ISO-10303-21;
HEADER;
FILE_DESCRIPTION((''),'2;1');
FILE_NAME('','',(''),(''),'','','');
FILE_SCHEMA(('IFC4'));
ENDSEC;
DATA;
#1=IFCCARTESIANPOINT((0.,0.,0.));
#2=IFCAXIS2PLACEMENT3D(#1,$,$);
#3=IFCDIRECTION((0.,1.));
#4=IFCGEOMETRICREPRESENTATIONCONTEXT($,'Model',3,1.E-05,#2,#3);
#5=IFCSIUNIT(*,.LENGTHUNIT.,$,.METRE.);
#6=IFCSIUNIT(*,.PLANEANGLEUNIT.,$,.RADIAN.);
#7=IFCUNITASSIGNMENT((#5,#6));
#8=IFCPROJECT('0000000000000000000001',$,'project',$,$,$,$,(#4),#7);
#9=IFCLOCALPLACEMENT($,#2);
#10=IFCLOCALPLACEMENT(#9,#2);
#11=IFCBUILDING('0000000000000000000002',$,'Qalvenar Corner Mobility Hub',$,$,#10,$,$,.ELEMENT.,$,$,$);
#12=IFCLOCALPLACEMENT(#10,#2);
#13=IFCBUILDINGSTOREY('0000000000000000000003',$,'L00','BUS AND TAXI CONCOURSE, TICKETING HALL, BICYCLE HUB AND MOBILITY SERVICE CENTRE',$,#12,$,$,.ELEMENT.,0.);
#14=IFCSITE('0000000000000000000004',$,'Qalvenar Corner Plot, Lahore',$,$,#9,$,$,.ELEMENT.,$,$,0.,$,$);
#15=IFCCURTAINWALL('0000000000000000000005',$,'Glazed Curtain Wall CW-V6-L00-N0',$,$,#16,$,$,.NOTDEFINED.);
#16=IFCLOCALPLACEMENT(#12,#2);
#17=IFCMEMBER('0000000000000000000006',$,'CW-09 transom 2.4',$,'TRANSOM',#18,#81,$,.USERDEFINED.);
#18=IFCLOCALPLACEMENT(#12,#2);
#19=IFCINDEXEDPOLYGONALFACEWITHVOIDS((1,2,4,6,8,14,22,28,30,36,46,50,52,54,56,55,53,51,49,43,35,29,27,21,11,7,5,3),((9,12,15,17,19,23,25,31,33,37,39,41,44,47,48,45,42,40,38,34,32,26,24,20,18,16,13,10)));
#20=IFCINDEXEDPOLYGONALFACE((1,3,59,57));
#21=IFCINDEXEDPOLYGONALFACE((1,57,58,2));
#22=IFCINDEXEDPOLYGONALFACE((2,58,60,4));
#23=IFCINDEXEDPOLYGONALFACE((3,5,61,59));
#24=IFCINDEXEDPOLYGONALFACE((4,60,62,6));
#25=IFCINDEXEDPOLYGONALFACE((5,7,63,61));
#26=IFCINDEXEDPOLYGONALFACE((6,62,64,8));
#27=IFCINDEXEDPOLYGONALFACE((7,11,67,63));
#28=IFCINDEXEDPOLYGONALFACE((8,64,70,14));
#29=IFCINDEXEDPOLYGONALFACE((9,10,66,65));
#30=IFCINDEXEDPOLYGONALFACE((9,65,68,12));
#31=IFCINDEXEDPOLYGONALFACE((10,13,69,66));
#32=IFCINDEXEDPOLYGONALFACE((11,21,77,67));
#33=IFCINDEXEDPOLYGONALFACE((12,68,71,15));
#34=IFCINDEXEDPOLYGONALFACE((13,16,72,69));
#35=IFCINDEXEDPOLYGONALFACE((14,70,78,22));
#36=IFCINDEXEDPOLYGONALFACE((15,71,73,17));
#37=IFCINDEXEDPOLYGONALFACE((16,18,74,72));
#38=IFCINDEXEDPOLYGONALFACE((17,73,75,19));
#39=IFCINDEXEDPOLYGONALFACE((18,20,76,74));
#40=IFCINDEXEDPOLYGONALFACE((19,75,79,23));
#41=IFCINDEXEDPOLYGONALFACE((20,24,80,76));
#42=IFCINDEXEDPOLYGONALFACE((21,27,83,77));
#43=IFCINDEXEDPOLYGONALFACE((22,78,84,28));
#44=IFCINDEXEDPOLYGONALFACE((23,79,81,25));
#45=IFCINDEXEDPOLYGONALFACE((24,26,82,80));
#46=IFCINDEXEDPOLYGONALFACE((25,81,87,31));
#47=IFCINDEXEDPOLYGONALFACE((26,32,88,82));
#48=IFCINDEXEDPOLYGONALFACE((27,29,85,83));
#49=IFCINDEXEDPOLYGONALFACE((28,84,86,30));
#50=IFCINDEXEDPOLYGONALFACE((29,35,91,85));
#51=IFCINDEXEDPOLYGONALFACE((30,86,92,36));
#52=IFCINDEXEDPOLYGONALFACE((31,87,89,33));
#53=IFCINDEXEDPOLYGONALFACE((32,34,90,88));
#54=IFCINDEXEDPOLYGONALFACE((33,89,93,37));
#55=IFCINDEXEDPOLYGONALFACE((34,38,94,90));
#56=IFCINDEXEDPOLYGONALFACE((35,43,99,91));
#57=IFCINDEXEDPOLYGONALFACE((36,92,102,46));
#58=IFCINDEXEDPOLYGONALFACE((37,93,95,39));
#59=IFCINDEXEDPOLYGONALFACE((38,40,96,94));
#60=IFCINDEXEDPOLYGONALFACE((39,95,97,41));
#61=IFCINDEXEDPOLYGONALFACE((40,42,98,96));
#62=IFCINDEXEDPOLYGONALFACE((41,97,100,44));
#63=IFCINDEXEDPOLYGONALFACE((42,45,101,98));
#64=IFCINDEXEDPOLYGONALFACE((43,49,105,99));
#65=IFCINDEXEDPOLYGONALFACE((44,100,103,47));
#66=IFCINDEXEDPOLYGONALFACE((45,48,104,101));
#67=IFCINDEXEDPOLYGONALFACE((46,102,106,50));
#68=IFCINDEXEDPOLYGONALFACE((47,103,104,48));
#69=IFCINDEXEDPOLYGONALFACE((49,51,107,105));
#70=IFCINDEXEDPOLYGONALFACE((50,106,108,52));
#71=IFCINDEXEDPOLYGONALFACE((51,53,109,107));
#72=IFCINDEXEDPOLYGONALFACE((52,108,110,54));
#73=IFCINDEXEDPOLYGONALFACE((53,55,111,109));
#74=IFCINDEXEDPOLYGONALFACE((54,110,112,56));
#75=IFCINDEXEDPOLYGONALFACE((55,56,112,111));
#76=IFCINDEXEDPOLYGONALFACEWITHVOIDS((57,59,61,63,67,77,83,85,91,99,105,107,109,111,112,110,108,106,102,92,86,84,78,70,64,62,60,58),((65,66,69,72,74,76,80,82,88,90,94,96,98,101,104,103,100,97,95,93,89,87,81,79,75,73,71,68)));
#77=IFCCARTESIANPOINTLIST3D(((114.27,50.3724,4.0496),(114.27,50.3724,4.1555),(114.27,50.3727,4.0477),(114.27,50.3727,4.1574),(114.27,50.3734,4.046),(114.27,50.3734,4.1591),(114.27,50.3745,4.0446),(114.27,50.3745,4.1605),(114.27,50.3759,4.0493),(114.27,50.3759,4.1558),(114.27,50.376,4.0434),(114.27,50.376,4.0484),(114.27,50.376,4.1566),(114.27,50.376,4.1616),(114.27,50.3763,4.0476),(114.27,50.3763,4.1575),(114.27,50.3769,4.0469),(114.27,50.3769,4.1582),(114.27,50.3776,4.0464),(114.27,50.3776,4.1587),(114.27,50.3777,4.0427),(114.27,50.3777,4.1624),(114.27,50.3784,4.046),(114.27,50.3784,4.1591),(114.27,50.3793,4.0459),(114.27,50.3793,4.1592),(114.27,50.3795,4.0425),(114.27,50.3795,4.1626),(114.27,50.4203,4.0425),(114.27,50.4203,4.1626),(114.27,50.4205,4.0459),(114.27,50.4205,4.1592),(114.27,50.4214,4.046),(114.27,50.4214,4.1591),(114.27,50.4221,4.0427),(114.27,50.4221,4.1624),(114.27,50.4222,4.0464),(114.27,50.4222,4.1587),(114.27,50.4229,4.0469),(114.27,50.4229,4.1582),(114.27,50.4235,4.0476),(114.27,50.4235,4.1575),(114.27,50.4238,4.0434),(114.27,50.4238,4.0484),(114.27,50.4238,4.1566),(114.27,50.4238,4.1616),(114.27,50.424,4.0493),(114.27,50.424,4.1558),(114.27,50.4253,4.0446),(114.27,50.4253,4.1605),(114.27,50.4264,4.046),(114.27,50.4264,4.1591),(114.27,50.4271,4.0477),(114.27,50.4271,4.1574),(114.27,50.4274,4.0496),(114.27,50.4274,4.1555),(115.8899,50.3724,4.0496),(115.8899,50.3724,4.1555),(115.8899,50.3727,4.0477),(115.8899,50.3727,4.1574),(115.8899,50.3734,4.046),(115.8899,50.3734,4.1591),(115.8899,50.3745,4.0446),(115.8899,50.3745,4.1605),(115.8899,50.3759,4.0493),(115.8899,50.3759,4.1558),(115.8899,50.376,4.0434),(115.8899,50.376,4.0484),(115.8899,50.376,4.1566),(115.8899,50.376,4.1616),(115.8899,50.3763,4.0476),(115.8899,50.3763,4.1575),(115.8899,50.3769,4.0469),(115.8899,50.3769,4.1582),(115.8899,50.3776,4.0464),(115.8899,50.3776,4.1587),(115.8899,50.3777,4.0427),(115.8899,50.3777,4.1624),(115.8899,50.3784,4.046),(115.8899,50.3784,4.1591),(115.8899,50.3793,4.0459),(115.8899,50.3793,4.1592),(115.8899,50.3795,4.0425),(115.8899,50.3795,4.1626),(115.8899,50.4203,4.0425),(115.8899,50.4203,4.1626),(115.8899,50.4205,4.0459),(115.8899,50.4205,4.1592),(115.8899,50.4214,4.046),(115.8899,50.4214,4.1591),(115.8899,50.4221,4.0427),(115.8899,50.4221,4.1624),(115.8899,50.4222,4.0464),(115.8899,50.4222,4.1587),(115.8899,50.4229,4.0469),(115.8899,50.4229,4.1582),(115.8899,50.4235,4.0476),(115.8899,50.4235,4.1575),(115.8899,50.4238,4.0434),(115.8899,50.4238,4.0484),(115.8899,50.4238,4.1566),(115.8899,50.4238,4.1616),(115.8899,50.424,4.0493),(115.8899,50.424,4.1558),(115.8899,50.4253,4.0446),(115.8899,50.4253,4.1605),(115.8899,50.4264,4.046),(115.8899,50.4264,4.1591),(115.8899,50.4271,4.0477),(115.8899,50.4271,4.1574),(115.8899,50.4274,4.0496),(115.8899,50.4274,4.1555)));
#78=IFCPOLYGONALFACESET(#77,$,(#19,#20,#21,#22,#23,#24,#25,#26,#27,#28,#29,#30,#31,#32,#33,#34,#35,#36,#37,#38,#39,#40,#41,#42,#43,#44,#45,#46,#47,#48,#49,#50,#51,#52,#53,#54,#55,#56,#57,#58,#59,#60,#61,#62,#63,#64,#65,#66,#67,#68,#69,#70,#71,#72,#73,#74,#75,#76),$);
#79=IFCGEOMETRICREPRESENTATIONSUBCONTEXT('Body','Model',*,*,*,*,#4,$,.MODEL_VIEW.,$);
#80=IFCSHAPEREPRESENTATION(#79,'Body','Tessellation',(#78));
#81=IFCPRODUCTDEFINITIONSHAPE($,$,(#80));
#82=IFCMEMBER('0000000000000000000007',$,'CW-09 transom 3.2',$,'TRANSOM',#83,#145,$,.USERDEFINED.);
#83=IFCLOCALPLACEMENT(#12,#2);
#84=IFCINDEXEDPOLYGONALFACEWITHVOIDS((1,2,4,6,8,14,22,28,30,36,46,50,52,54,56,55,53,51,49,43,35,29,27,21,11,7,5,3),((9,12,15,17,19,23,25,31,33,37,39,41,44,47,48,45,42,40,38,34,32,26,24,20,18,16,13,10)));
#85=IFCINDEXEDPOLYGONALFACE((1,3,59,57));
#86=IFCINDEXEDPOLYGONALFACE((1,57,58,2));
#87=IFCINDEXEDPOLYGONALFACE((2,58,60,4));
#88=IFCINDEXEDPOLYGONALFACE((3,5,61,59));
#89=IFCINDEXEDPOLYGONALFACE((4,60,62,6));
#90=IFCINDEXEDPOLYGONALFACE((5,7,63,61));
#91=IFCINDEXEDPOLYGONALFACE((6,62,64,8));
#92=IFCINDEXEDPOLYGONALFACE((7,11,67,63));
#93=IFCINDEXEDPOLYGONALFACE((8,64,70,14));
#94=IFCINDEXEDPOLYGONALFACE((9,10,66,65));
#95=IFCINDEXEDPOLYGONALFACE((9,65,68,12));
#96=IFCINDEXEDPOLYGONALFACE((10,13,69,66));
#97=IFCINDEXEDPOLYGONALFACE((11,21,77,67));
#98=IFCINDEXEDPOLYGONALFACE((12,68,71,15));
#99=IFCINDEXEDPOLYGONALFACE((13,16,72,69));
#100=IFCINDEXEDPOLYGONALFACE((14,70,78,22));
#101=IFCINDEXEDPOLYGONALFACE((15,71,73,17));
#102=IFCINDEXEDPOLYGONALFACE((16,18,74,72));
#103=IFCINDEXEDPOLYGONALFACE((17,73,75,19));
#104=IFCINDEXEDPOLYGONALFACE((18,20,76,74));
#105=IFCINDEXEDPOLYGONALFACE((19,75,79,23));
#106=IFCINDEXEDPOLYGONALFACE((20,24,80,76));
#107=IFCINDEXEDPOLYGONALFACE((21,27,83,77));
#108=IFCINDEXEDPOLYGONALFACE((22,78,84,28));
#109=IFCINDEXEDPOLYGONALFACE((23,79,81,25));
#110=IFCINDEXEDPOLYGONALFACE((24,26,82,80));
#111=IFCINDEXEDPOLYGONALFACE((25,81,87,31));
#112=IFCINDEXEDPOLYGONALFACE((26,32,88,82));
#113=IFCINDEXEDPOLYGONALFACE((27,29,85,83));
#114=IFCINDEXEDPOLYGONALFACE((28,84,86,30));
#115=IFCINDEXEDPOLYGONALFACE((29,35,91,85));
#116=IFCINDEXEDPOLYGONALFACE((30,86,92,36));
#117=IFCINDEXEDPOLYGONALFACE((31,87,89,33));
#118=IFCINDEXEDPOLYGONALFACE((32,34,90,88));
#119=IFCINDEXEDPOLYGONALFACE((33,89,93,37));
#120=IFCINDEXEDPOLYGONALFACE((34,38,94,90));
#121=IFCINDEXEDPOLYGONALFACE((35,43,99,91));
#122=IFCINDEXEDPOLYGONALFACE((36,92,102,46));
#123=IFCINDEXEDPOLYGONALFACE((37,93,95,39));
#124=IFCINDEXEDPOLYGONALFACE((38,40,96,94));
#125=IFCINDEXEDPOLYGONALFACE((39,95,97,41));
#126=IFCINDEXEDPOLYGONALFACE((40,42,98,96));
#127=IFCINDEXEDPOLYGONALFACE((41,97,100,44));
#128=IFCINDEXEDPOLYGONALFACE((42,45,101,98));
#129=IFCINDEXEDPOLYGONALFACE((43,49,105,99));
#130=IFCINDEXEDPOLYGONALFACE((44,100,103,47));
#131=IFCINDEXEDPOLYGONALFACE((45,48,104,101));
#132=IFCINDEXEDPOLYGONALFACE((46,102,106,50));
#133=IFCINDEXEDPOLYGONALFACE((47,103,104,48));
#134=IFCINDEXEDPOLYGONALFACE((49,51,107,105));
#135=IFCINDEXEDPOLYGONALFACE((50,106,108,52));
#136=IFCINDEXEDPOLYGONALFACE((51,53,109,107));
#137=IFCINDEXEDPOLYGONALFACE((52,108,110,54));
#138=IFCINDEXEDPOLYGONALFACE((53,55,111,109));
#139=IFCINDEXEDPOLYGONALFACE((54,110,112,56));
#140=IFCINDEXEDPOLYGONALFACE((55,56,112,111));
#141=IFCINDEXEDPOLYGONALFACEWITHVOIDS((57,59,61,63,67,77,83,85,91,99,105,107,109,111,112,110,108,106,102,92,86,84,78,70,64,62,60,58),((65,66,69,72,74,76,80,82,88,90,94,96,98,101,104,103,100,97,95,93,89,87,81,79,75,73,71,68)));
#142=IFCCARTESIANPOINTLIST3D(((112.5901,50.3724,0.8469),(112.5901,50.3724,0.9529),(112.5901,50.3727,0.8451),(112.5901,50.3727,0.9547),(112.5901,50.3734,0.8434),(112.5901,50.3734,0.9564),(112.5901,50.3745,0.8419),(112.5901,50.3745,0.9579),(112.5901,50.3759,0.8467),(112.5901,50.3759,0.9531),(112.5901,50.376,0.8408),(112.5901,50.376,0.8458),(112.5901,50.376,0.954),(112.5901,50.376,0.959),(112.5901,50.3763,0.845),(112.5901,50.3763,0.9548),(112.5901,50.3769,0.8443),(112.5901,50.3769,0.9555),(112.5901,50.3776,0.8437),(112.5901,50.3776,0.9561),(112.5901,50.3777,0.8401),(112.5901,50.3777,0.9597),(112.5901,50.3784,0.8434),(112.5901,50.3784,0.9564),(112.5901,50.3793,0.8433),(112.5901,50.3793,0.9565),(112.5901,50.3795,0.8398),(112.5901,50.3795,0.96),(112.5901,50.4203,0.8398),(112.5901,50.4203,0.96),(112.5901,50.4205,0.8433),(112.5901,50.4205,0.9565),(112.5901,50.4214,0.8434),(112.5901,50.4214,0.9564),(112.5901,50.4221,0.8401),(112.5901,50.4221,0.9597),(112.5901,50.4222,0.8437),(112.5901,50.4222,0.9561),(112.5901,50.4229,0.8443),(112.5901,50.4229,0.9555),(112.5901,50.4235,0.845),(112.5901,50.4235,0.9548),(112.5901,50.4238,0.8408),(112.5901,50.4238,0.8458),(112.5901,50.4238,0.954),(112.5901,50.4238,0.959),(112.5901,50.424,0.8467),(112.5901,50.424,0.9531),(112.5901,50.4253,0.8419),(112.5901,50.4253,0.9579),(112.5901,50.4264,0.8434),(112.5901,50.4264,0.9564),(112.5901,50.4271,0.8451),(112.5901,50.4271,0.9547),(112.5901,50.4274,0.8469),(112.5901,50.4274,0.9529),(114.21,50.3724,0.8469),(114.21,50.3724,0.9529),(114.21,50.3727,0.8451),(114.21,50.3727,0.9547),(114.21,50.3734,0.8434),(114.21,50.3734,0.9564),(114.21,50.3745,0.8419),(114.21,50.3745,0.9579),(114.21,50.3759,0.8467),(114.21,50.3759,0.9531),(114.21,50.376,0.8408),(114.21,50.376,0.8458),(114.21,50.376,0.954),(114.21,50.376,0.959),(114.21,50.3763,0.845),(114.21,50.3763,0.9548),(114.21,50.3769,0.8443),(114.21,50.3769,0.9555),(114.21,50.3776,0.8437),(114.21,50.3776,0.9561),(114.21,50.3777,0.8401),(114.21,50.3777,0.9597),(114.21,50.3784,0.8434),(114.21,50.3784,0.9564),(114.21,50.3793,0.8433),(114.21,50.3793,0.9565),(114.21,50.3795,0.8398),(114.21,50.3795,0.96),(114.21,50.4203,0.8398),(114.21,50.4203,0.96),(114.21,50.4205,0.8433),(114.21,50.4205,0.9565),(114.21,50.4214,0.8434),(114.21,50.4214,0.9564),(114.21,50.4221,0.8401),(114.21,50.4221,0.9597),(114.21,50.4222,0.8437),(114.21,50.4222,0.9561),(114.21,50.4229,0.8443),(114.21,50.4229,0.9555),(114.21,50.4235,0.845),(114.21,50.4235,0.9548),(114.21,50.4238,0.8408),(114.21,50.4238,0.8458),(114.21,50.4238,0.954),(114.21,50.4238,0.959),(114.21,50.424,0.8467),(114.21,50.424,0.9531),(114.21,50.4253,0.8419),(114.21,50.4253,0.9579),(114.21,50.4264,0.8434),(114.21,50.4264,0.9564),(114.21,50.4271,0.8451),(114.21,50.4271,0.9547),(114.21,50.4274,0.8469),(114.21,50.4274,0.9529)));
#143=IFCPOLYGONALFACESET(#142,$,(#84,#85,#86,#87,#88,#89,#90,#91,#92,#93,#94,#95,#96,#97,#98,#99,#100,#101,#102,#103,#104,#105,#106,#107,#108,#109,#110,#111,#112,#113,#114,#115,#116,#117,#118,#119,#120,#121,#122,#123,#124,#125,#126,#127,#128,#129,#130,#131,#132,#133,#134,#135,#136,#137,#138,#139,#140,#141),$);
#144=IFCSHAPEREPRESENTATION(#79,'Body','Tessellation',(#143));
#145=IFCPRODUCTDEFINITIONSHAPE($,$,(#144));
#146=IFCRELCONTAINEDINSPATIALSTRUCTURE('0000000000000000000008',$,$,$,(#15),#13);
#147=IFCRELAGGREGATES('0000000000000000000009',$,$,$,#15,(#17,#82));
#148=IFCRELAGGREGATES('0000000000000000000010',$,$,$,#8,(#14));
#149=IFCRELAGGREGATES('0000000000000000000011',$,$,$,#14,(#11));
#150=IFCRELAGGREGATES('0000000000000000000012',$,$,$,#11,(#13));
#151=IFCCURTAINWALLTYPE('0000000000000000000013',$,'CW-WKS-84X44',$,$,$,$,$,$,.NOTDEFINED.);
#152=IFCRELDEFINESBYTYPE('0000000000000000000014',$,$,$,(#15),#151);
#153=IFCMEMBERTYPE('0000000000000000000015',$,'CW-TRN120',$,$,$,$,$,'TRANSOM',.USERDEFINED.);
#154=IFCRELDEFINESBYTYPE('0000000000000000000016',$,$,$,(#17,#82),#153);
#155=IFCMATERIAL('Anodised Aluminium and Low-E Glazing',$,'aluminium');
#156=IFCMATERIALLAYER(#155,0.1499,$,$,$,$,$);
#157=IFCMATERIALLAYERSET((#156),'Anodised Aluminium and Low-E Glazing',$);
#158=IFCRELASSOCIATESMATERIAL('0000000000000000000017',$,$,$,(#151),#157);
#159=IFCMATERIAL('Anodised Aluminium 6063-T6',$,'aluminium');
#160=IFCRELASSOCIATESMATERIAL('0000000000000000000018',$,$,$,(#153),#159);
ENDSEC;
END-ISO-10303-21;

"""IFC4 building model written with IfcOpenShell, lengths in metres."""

from ifc_helpers import new_model, si_unit, direction, frame, origin, origin_2d, place, context, subcontext, project, spatial, hollow_rectangle, extrude, material, layer, layer_set, material_profile, profile_set, type_object, element, aggregate, save


model = new_model("IFC4")

# Units and contexts
model_context = context("Model", 3, precision=1e-05, world=origin(), true_north=direction((0.0, 1.0)))
body_context = subcontext(model_context, "Body", "Model", "MODEL_VIEW")
ifc_project = project(units=[si_unit("LENGTHUNIT", "METRE"), si_unit("PLANEANGLEUNIT", "RADIAN")], contexts=[model_context])

# Site, building, storey
site_placement = place(None, origin())
site = spatial("IfcSite", under=ifc_project, at=site_placement, Name="Qalvenar Corner Plot, Lahore", CompositionType="ELEMENT", RefElevation=0.0)
building_placement = place(site_placement, origin())
building = spatial("IfcBuilding", under=site, at=building_placement, Name="Qalvenar Corner Mobility Hub", CompositionType="ELEMENT")
storey_placement = place(building_placement, origin())
storey = spatial("IfcBuildingStorey", under=building, at=storey_placement, Name="L00", Description="BUS AND TAXI CONCOURSE, TICKETING HALL, BICYCLE HUB AND MOBILITY SERVICE CENTRE", CompositionType="ELEMENT", Elevation=0.0)

# Curtain wall, members
ifc_material_1 = material(Name="Anodised Aluminium and Low-E Glazing", Category="aluminium")
ifc_layer_1 = layer(ifc_material_1, 0.1499)
ifc_layer_set_1 = layer_set([ifc_layer_1], Name="Anodised Aluminium and Low-E Glazing")
curtain_wall_type = type_object("IfcCurtainWallType", Name="CW-WKS-84X44", PredefinedType="NOTDEFINED", material=ifc_layer_set_1)
curtain_wall_placement = place(storey_placement, origin())
curtain_wall = element("IfcCurtainWall", 1, at=curtain_wall_placement, inside=storey, type_object=curtain_wall_type, Name="Glazed Curtain Wall CW-V6-L00-N0", PredefinedType="NOTDEFINED")
ifc_material_2 = material(Name="Anodised Aluminium 6063-T6", Category="aluminium")
ifc_material_profile_1 = material_profile(ifc_material_2, hollow_rectangle(XDim=0.0549, YDim=0.1201, WallThickness=0.0034, InnerFilletRadius=0.0034, OuterFilletRadius=0.0071, at=origin_2d()), Name="RHS120x55x3.5")
ifc_profile_set_1 = profile_set([ifc_material_profile_1], Name="Anodised Aluminium 6063-T6")
member_type_1 = type_object("IfcMemberType", Name="CW-TRN120", ElementType="TRANSOM", PredefinedType="USERDEFINED", material=ifc_profile_set_1)
member_1_placement = place(storey_placement, frame((115.8899, 50.3999, 4.1025), z_axis=(-1.0, 0.0, 0.0), x_axis=(0.0, -1.0, 0.0)))
member_1 = element("IfcMember", 2, at=member_1_placement, type_object=member_type_1, Name="CW-09 transom 2.4", ObjectType="TRANSOM", PredefinedType="USERDEFINED", context=body_context, shape_type="SweptSolid", body=[
    extrude(hollow_rectangle(XDim=0.0549, YDim=0.1201, WallThickness=0.0034, InnerFilletRadius=0.0034, OuterFilletRadius=0.0071, at=origin_2d()), origin(), (0.0, 0.0, 1.0), 1.6199),
])
member_2_placement = place(storey_placement, frame((114.21, 50.3999, 0.8999), z_axis=(-1.0, 0.0, 0.0), x_axis=(0.0, -1.0, 0.0)))
member_2 = element("IfcMember", 3, at=member_2_placement, type_object=member_type_1, Name="CW-09 transom 3.2", ObjectType="TRANSOM", PredefinedType="USERDEFINED", context=body_context, shape_type="SweptSolid", body=[
    extrude(hollow_rectangle(XDim=0.0549, YDim=0.1201, WallThickness=0.0034, InnerFilletRadius=0.0034, OuterFilletRadius=0.0071, at=origin_2d()), origin(), (0.0, 0.0, 1.0), 1.6199),
])
aggregate(curtain_wall, [member_1, member_2])

save(model, "model.ifc")
